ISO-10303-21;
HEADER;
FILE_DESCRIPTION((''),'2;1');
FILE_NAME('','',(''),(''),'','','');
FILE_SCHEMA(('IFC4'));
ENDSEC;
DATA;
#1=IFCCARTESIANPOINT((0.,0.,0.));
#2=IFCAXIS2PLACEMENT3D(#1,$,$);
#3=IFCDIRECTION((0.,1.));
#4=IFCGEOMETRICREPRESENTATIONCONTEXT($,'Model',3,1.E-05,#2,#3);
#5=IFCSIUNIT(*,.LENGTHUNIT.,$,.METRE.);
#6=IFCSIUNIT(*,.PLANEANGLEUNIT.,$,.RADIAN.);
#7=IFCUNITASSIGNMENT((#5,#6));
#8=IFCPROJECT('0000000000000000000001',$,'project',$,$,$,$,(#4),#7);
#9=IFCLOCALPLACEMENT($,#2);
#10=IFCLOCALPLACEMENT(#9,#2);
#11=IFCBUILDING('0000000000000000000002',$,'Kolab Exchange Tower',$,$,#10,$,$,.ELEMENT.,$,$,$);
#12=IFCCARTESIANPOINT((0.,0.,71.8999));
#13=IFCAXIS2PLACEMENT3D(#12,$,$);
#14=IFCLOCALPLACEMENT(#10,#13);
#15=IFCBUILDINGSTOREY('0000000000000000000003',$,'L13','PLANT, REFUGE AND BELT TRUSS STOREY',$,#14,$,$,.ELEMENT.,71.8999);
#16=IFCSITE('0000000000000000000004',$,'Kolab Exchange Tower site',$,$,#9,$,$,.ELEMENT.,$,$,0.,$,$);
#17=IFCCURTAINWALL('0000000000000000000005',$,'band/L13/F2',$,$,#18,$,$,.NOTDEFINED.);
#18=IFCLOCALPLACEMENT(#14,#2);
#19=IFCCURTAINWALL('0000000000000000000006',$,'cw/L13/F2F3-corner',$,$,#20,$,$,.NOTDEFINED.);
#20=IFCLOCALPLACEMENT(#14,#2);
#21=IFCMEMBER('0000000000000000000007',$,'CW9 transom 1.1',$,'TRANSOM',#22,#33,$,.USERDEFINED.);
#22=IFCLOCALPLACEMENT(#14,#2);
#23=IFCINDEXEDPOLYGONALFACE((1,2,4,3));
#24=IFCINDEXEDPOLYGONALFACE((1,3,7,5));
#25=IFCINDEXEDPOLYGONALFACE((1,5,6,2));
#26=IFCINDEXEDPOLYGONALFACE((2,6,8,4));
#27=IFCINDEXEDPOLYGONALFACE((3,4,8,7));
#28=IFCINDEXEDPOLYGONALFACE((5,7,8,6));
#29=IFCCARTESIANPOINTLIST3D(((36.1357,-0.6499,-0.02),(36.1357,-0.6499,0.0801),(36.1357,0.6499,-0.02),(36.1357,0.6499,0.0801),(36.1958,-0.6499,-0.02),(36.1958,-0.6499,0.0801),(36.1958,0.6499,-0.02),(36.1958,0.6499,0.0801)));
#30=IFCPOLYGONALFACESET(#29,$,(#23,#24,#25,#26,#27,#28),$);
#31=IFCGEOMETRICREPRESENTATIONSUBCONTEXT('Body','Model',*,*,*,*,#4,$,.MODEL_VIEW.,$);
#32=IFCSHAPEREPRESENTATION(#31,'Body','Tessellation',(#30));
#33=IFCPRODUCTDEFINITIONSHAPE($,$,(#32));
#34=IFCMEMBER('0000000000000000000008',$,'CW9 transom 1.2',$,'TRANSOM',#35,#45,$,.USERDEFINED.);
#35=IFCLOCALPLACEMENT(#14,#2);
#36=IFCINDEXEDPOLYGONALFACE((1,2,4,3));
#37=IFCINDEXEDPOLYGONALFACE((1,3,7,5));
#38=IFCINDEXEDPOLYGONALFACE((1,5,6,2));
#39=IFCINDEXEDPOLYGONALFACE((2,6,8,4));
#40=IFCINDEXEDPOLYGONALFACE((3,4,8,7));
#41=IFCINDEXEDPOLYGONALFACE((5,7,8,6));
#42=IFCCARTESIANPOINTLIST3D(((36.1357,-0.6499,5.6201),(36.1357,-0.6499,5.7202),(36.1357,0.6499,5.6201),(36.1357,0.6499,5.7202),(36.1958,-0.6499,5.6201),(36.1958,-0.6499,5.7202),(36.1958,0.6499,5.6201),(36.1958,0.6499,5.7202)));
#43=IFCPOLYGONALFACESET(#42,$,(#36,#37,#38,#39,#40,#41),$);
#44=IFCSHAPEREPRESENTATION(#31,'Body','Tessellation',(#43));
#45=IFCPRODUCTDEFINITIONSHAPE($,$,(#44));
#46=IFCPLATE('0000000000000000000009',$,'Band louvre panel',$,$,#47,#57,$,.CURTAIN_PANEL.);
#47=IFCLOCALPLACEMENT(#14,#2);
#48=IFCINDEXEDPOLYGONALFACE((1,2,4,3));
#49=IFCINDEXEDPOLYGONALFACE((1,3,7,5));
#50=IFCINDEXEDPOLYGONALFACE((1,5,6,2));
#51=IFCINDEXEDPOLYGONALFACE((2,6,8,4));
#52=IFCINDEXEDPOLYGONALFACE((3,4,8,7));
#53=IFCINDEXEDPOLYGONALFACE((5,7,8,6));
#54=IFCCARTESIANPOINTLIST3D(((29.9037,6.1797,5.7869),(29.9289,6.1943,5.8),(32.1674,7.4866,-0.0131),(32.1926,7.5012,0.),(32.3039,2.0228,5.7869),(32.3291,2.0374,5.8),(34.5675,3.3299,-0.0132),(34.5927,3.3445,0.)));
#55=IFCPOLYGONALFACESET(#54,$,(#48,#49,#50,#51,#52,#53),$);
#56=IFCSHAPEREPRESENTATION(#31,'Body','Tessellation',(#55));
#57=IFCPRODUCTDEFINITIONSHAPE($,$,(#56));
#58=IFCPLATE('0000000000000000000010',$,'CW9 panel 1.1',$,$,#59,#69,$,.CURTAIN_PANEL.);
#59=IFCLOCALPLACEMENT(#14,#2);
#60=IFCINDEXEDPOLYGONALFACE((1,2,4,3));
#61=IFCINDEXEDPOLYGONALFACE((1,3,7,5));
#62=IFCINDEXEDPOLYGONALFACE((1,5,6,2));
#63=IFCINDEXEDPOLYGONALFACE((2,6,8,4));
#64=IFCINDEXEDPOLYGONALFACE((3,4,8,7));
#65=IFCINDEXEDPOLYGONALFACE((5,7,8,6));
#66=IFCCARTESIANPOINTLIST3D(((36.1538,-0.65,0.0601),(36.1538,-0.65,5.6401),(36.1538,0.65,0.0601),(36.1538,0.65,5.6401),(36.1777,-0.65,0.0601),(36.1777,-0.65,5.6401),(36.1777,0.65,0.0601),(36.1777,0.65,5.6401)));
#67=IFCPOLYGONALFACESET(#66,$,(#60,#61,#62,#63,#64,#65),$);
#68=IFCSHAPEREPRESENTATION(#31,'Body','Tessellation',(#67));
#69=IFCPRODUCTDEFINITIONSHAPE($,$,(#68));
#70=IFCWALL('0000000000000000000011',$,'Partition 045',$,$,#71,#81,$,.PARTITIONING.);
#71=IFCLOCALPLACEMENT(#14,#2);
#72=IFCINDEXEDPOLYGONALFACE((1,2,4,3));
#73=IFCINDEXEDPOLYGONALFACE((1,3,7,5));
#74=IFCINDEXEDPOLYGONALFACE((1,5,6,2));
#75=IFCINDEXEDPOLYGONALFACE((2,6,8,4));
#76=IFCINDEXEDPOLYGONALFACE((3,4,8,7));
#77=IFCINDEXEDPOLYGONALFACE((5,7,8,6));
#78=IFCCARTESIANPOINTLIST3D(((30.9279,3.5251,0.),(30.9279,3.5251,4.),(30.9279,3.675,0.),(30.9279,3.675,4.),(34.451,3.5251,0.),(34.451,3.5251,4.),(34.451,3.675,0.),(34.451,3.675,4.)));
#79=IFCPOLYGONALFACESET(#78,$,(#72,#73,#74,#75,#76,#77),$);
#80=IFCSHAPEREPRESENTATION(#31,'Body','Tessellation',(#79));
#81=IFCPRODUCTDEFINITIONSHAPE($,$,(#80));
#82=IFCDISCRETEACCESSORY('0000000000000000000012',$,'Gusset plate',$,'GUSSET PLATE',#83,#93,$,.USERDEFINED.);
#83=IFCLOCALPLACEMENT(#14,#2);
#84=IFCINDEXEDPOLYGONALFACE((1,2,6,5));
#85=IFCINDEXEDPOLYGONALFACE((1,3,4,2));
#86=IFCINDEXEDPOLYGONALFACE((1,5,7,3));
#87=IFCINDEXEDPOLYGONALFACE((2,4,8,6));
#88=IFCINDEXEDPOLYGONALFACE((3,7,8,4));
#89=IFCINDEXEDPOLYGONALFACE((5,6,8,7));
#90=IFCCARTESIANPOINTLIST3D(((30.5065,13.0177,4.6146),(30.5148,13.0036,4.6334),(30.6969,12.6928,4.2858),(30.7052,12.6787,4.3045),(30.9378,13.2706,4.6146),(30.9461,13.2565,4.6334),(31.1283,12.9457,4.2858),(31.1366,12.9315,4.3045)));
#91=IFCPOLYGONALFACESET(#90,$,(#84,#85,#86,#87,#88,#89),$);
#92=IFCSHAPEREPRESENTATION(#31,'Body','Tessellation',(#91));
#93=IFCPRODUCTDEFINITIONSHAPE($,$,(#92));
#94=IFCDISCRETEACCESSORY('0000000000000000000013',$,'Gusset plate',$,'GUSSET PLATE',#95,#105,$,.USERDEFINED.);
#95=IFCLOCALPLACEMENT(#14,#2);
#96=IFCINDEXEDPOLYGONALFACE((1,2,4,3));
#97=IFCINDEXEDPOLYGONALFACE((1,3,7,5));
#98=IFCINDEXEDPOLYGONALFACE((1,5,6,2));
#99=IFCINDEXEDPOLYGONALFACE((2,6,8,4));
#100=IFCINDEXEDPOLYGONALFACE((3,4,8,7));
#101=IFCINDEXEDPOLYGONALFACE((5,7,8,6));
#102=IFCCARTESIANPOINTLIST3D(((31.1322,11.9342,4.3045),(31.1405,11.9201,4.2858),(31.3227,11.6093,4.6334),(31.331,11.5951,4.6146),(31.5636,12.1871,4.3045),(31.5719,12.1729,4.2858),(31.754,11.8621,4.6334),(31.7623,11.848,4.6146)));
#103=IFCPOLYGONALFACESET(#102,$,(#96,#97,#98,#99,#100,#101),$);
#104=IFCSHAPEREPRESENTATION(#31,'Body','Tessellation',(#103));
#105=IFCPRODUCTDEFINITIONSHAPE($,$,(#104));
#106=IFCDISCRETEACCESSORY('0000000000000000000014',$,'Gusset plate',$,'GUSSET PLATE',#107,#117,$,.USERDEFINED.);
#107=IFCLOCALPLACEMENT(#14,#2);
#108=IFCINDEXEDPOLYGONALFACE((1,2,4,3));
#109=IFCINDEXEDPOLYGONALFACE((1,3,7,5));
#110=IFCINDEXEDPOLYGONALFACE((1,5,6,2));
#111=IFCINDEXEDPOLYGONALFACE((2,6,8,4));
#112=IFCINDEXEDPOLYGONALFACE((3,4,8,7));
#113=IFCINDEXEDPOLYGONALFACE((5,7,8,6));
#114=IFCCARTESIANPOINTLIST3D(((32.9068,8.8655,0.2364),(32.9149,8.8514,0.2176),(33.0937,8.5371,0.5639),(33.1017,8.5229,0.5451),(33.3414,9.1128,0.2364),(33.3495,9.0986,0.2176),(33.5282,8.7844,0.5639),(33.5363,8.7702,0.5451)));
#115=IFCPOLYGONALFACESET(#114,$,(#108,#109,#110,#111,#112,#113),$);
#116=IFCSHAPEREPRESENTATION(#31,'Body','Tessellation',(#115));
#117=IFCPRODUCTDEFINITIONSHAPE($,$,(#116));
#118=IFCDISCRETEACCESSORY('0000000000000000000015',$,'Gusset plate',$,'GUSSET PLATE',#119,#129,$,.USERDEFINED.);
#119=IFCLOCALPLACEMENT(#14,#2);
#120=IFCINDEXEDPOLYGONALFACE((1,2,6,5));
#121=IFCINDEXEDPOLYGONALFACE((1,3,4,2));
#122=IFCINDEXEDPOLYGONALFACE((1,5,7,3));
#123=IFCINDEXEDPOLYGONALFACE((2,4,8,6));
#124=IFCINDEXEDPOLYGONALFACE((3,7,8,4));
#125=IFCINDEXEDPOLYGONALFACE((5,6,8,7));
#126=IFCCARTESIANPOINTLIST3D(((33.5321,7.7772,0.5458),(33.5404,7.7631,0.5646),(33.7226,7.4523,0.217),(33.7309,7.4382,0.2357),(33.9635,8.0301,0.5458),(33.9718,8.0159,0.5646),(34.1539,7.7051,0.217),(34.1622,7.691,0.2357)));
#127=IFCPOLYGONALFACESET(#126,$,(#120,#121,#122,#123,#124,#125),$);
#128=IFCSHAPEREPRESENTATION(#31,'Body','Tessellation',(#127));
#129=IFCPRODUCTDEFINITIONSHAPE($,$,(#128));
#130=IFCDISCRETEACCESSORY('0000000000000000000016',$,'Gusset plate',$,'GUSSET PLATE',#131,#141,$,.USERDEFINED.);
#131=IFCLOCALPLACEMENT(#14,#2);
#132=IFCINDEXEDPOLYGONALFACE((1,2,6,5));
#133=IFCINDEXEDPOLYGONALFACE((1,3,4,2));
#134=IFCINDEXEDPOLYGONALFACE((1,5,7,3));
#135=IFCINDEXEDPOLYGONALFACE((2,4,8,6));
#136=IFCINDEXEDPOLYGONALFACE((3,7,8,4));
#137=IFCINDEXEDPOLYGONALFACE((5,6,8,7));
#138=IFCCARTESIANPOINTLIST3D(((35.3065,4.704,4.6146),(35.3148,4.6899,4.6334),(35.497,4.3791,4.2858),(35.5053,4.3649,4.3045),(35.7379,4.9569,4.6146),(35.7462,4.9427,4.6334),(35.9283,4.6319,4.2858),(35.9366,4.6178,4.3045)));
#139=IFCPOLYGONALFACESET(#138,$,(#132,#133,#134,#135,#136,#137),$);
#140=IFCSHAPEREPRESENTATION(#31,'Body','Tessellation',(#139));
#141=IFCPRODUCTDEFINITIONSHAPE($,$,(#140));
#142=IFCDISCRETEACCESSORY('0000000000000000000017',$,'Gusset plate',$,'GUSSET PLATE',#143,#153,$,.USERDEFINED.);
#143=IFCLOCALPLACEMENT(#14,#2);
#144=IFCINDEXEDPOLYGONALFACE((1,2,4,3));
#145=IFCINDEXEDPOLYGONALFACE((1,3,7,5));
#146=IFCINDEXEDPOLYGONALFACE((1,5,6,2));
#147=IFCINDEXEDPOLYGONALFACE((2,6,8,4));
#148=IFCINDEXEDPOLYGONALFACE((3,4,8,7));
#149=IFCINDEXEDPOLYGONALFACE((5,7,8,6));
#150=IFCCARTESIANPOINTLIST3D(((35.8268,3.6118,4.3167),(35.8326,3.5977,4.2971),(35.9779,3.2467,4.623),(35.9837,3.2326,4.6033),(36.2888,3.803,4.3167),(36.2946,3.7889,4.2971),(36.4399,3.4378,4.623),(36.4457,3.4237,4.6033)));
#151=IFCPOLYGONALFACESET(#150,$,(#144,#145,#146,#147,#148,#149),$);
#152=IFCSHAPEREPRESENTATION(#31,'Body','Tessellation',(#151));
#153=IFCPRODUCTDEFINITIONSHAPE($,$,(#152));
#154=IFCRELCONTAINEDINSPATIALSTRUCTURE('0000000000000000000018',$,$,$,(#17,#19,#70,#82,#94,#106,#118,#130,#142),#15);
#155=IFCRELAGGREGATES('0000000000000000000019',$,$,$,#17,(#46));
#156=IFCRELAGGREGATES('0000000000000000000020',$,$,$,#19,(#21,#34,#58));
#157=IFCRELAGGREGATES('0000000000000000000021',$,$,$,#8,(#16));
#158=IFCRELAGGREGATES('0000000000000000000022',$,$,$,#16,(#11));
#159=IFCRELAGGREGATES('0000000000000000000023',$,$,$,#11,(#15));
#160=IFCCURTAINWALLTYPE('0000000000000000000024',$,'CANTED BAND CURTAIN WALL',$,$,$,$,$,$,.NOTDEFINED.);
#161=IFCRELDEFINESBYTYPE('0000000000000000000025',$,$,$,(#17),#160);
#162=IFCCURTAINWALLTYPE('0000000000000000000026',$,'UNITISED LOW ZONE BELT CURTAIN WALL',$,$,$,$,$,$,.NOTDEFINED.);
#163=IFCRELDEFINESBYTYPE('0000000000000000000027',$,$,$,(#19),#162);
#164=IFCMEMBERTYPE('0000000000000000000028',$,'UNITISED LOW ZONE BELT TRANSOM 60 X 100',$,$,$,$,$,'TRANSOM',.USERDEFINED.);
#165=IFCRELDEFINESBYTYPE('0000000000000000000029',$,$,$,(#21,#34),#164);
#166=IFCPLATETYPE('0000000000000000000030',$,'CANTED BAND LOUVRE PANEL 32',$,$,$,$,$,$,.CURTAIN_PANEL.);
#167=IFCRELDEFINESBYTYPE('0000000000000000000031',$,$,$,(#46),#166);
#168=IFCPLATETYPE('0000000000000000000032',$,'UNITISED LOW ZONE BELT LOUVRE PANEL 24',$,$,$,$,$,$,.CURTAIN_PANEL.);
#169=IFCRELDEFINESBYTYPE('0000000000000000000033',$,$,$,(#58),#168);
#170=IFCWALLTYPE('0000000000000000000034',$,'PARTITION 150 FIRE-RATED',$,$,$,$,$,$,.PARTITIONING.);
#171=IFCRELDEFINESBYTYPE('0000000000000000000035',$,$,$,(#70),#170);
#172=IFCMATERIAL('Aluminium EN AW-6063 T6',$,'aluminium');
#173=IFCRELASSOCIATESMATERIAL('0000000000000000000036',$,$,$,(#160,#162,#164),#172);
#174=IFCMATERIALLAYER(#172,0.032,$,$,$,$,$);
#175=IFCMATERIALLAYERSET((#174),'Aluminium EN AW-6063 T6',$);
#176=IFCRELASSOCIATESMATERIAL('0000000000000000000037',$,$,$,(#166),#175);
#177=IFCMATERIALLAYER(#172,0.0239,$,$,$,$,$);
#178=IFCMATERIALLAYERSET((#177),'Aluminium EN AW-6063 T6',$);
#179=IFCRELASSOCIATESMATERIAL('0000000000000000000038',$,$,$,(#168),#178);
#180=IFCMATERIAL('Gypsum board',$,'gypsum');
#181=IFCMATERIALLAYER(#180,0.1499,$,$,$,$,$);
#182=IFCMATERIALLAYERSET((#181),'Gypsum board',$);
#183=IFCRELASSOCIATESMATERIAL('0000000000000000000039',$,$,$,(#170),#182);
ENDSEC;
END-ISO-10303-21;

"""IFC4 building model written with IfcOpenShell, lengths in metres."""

from ifc_helpers import new_model, si_unit, direction, frame, frame_2d, origin, origin_2d, place, context, subcontext, project, spatial, polyline, rectangle, outline, extrude, material, layer, layer_set, material_profile, profile_set, type_object, element, aggregate, save


model = new_model("IFC4")

# Units and contexts
model_context = context("Model", 3, precision=1e-05, world=origin(), true_north=direction((0.0, 1.0)))
body_context = subcontext(model_context, "Body", "Model", "MODEL_VIEW")
ifc_project = project(units=[si_unit("LENGTHUNIT", "METRE"), si_unit("PLANEANGLEUNIT", "RADIAN")], contexts=[model_context])

# Site, building, storey
site_placement = place(None, origin())
site = spatial("IfcSite", under=ifc_project, at=site_placement, Name="Kolab Exchange Tower site", CompositionType="ELEMENT", RefElevation=0.0)
building_placement = place(site_placement, origin())
building = spatial("IfcBuilding", under=site, at=building_placement, Name="Kolab Exchange Tower", CompositionType="ELEMENT")
storey_placement = place(building_placement, frame((0.0, 0.0, 71.8999)))
storey = spatial("IfcBuildingStorey", under=building, at=storey_placement, Name="L13", Description="PLANT, REFUGE AND BELT TRUSS STOREY", CompositionType="ELEMENT", Elevation=71.8999)

# Curtain wall
ifc_material_1 = material(Name="Aluminium EN AW-6063 T6", Category="aluminium")
curtain_wall_type_1 = type_object("IfcCurtainWallType", Name="CANTED BAND CURTAIN WALL", PredefinedType="NOTDEFINED", material=ifc_material_1)
curtain_wall_1_placement = place(storey_placement, origin())
curtain_wall_1 = element("IfcCurtainWall", 1, at=curtain_wall_1_placement, inside=storey, type_object=curtain_wall_type_1, Name="band/L13/F2", PredefinedType="NOTDEFINED")

# Curtain wall, members
curtain_wall_type_2 = type_object("IfcCurtainWallType", Name="UNITISED LOW ZONE BELT CURTAIN WALL", PredefinedType="NOTDEFINED", material=ifc_material_1)
curtain_wall_2_placement = place(storey_placement, origin())
curtain_wall_2 = element("IfcCurtainWall", 2, at=curtain_wall_2_placement, inside=storey, type_object=curtain_wall_type_2, Name="cw/L13/F2F3-corner", PredefinedType="NOTDEFINED")
ifc_material_profile_1 = material_profile(ifc_material_1, rectangle(XDim=0.0601, YDim=0.1001, at=origin_2d()), Name="RECT 60X100")
ifc_profile_set_1 = profile_set([ifc_material_profile_1], Name="Aluminium EN AW-6063 T6")
member_type_1 = type_object("IfcMemberType", Name="UNITISED LOW ZONE BELT TRANSOM 60 X 100", ElementType="TRANSOM", PredefinedType="USERDEFINED", material=ifc_profile_set_1)
member_1_placement = place(storey_placement, frame((36.1658, 0.6499, 0.03), z_axis=(0.0, -1.0, 0.0), x_axis=(1.0, 0.0, 0.0)))
member_1 = element("IfcMember", 3, at=member_1_placement, type_object=member_type_1, Name="CW9 transom 1.1", ObjectType="TRANSOM", PredefinedType="USERDEFINED", context=body_context, shape_type="SweptSolid", body=[
    extrude(rectangle(XDim=0.0601, YDim=0.1001, at=origin_2d()), origin(), (0.0, 0.0, 1.0), 1.2998),
])
member_2_placement = place(storey_placement, frame((36.1658, 0.6499, 5.6702), z_axis=(0.0, -1.0, 0.0), x_axis=(1.0, 0.0, 0.0)))
member_2 = element("IfcMember", 4, at=member_2_placement, type_object=member_type_1, Name="CW9 transom 1.2", ObjectType="TRANSOM", PredefinedType="USERDEFINED", context=body_context, shape_type="SweptSolid", body=[
    extrude(rectangle(XDim=0.0601, YDim=0.1001, at=origin_2d()), origin(), (0.0, 0.0, 1.0), 1.2998),
])

# Plates
ifc_layer_1 = layer(ifc_material_1, 0.032)
ifc_layer_set_1 = layer_set([ifc_layer_1], Name="Aluminium EN AW-6063 T6")
plate_type_1 = type_object("IfcPlateType", Name="CANTED BAND LOUVRE PANEL 32", PredefinedType="CURTAIN_PANEL", material=ifc_layer_set_1)
plate_1_placement = place(storey_placement, frame((32.1926, 7.5012, 0.0), z_axis=(0.789535, 0.455873, 0.410872), x_axis=(0.50003, -0.866008, -0.000005)))
plate_1 = element("IfcPlate", 5, at=plate_1_placement, type_object=plate_type_1, Name="Band louvre panel", PredefinedType="CURTAIN_PANEL", context=body_context, shape_type="SweptSolid", body=[
    extrude(outline(polyline([(0.0, 0.0), (4.7999, 0.0), (4.8, -6.3619), (-0.0002, -6.3618), (0.0, 0.0)])), origin(), (0.0, 0.0, -1.0), 0.032),
])
aggregate(curtain_wall_1, [plate_1])
ifc_layer_2 = layer(ifc_material_1, 0.0239)
ifc_layer_set_2 = layer_set([ifc_layer_2], Name="Aluminium EN AW-6063 T6")
plate_type_2 = type_object("IfcPlateType", Name="UNITISED LOW ZONE BELT LOUVRE PANEL 24", PredefinedType="CURTAIN_PANEL", material=ifc_layer_set_2)
plate_2_placement = place(storey_placement, frame((36.1658, 0.0, 0.0601), z_axis=(0.0, 0.0, 1.0), x_axis=(0.0, -1.0, 0.0)))
plate_2 = element("IfcPlate", 6, at=plate_2_placement, type_object=plate_type_2, Name="CW9 panel 1.1", PredefinedType="CURTAIN_PANEL", context=body_context, shape_type="SweptSolid", body=[
    extrude(rectangle(XDim=1.3, YDim=0.0239, at=origin_2d()), origin(), (0.0, 0.0, 1.0), 5.5801),
])
aggregate(curtain_wall_2, [member_1, member_2, plate_2])

# Wall
ifc_material_2 = material(Name="Gypsum board", Category="gypsum")
ifc_layer_3 = layer(ifc_material_2, 0.1499)
ifc_layer_set_3 = layer_set([ifc_layer_3], Name="Gypsum board")
wall_type = type_object("IfcWallType", Name="PARTITION 150 FIRE-RATED", PredefinedType="PARTITIONING", material=ifc_layer_set_3)
wall_placement = place(storey_placement, frame((30.9277, 3.6001, 0.0), z_axis=(0.0, 0.0, 1.0), x_axis=(1.0, 0.0, 0.0)))
element("IfcWall", 7, at=wall_placement, inside=storey, type_object=wall_type, Name="Partition 045", PredefinedType="PARTITIONING", context=body_context, shape_type="SweptSolid", body=[
    extrude(rectangle(XDim=3.5232, YDim=0.1499, at=frame_2d((1.7617, 0.0))), origin(), (0.0, 0.0, 1.0), 4.0),
])

# Discrete accessories
for number, where, z_axis, x_axis, name in (
    (8, (30.8174, 12.9817, 4.4502), (0.332615, -0.567402, 0.753275), (0.862698, 0.505719, 0.0), "Gusset plate"),
    (9, (31.4514, 11.884, 4.4502), (-0.332615, 0.567402, 0.753275), (-0.862698, -0.505719, 0.0), "Gusset plate"),
    (10, (33.2175, 8.825, 0.4001), (0.323872, -0.56923, -0.755701), (0.869164, 0.494524, 0.0), "Gusset plate"),
    (11, (33.8513, 7.7271, 0.4001), (-0.332615, 0.567402, -0.753275), (-0.862698, -0.505719, 0.0), "Gusset plate"),
    (12, (35.6174, 4.668, 4.4502), (0.332615, -0.567402, 0.753275), (0.862698, 0.505719, 0.0), "Gusset plate"),
    (13, (36.1392, 3.5107, 4.4502), (-0.234205, 0.565995, 0.790441), (-0.924017, -0.382352, 0.0), "Gusset plate"),
):
    element("IfcDiscreteAccessory", number, at=place(storey_placement, frame(where, z_axis=z_axis, x_axis=x_axis)), inside=storey, Name=name, ObjectType="GUSSET PLATE", PredefinedType="USERDEFINED", context=body_context, shape_type="SweptSolid", body=[
        extrude(rectangle(XDim=0.5, YDim=0.5, at=origin_2d()), origin(), (0.0, 0.0, 1.0), 0.0249),
    ])

save(model, "model.ifc")
